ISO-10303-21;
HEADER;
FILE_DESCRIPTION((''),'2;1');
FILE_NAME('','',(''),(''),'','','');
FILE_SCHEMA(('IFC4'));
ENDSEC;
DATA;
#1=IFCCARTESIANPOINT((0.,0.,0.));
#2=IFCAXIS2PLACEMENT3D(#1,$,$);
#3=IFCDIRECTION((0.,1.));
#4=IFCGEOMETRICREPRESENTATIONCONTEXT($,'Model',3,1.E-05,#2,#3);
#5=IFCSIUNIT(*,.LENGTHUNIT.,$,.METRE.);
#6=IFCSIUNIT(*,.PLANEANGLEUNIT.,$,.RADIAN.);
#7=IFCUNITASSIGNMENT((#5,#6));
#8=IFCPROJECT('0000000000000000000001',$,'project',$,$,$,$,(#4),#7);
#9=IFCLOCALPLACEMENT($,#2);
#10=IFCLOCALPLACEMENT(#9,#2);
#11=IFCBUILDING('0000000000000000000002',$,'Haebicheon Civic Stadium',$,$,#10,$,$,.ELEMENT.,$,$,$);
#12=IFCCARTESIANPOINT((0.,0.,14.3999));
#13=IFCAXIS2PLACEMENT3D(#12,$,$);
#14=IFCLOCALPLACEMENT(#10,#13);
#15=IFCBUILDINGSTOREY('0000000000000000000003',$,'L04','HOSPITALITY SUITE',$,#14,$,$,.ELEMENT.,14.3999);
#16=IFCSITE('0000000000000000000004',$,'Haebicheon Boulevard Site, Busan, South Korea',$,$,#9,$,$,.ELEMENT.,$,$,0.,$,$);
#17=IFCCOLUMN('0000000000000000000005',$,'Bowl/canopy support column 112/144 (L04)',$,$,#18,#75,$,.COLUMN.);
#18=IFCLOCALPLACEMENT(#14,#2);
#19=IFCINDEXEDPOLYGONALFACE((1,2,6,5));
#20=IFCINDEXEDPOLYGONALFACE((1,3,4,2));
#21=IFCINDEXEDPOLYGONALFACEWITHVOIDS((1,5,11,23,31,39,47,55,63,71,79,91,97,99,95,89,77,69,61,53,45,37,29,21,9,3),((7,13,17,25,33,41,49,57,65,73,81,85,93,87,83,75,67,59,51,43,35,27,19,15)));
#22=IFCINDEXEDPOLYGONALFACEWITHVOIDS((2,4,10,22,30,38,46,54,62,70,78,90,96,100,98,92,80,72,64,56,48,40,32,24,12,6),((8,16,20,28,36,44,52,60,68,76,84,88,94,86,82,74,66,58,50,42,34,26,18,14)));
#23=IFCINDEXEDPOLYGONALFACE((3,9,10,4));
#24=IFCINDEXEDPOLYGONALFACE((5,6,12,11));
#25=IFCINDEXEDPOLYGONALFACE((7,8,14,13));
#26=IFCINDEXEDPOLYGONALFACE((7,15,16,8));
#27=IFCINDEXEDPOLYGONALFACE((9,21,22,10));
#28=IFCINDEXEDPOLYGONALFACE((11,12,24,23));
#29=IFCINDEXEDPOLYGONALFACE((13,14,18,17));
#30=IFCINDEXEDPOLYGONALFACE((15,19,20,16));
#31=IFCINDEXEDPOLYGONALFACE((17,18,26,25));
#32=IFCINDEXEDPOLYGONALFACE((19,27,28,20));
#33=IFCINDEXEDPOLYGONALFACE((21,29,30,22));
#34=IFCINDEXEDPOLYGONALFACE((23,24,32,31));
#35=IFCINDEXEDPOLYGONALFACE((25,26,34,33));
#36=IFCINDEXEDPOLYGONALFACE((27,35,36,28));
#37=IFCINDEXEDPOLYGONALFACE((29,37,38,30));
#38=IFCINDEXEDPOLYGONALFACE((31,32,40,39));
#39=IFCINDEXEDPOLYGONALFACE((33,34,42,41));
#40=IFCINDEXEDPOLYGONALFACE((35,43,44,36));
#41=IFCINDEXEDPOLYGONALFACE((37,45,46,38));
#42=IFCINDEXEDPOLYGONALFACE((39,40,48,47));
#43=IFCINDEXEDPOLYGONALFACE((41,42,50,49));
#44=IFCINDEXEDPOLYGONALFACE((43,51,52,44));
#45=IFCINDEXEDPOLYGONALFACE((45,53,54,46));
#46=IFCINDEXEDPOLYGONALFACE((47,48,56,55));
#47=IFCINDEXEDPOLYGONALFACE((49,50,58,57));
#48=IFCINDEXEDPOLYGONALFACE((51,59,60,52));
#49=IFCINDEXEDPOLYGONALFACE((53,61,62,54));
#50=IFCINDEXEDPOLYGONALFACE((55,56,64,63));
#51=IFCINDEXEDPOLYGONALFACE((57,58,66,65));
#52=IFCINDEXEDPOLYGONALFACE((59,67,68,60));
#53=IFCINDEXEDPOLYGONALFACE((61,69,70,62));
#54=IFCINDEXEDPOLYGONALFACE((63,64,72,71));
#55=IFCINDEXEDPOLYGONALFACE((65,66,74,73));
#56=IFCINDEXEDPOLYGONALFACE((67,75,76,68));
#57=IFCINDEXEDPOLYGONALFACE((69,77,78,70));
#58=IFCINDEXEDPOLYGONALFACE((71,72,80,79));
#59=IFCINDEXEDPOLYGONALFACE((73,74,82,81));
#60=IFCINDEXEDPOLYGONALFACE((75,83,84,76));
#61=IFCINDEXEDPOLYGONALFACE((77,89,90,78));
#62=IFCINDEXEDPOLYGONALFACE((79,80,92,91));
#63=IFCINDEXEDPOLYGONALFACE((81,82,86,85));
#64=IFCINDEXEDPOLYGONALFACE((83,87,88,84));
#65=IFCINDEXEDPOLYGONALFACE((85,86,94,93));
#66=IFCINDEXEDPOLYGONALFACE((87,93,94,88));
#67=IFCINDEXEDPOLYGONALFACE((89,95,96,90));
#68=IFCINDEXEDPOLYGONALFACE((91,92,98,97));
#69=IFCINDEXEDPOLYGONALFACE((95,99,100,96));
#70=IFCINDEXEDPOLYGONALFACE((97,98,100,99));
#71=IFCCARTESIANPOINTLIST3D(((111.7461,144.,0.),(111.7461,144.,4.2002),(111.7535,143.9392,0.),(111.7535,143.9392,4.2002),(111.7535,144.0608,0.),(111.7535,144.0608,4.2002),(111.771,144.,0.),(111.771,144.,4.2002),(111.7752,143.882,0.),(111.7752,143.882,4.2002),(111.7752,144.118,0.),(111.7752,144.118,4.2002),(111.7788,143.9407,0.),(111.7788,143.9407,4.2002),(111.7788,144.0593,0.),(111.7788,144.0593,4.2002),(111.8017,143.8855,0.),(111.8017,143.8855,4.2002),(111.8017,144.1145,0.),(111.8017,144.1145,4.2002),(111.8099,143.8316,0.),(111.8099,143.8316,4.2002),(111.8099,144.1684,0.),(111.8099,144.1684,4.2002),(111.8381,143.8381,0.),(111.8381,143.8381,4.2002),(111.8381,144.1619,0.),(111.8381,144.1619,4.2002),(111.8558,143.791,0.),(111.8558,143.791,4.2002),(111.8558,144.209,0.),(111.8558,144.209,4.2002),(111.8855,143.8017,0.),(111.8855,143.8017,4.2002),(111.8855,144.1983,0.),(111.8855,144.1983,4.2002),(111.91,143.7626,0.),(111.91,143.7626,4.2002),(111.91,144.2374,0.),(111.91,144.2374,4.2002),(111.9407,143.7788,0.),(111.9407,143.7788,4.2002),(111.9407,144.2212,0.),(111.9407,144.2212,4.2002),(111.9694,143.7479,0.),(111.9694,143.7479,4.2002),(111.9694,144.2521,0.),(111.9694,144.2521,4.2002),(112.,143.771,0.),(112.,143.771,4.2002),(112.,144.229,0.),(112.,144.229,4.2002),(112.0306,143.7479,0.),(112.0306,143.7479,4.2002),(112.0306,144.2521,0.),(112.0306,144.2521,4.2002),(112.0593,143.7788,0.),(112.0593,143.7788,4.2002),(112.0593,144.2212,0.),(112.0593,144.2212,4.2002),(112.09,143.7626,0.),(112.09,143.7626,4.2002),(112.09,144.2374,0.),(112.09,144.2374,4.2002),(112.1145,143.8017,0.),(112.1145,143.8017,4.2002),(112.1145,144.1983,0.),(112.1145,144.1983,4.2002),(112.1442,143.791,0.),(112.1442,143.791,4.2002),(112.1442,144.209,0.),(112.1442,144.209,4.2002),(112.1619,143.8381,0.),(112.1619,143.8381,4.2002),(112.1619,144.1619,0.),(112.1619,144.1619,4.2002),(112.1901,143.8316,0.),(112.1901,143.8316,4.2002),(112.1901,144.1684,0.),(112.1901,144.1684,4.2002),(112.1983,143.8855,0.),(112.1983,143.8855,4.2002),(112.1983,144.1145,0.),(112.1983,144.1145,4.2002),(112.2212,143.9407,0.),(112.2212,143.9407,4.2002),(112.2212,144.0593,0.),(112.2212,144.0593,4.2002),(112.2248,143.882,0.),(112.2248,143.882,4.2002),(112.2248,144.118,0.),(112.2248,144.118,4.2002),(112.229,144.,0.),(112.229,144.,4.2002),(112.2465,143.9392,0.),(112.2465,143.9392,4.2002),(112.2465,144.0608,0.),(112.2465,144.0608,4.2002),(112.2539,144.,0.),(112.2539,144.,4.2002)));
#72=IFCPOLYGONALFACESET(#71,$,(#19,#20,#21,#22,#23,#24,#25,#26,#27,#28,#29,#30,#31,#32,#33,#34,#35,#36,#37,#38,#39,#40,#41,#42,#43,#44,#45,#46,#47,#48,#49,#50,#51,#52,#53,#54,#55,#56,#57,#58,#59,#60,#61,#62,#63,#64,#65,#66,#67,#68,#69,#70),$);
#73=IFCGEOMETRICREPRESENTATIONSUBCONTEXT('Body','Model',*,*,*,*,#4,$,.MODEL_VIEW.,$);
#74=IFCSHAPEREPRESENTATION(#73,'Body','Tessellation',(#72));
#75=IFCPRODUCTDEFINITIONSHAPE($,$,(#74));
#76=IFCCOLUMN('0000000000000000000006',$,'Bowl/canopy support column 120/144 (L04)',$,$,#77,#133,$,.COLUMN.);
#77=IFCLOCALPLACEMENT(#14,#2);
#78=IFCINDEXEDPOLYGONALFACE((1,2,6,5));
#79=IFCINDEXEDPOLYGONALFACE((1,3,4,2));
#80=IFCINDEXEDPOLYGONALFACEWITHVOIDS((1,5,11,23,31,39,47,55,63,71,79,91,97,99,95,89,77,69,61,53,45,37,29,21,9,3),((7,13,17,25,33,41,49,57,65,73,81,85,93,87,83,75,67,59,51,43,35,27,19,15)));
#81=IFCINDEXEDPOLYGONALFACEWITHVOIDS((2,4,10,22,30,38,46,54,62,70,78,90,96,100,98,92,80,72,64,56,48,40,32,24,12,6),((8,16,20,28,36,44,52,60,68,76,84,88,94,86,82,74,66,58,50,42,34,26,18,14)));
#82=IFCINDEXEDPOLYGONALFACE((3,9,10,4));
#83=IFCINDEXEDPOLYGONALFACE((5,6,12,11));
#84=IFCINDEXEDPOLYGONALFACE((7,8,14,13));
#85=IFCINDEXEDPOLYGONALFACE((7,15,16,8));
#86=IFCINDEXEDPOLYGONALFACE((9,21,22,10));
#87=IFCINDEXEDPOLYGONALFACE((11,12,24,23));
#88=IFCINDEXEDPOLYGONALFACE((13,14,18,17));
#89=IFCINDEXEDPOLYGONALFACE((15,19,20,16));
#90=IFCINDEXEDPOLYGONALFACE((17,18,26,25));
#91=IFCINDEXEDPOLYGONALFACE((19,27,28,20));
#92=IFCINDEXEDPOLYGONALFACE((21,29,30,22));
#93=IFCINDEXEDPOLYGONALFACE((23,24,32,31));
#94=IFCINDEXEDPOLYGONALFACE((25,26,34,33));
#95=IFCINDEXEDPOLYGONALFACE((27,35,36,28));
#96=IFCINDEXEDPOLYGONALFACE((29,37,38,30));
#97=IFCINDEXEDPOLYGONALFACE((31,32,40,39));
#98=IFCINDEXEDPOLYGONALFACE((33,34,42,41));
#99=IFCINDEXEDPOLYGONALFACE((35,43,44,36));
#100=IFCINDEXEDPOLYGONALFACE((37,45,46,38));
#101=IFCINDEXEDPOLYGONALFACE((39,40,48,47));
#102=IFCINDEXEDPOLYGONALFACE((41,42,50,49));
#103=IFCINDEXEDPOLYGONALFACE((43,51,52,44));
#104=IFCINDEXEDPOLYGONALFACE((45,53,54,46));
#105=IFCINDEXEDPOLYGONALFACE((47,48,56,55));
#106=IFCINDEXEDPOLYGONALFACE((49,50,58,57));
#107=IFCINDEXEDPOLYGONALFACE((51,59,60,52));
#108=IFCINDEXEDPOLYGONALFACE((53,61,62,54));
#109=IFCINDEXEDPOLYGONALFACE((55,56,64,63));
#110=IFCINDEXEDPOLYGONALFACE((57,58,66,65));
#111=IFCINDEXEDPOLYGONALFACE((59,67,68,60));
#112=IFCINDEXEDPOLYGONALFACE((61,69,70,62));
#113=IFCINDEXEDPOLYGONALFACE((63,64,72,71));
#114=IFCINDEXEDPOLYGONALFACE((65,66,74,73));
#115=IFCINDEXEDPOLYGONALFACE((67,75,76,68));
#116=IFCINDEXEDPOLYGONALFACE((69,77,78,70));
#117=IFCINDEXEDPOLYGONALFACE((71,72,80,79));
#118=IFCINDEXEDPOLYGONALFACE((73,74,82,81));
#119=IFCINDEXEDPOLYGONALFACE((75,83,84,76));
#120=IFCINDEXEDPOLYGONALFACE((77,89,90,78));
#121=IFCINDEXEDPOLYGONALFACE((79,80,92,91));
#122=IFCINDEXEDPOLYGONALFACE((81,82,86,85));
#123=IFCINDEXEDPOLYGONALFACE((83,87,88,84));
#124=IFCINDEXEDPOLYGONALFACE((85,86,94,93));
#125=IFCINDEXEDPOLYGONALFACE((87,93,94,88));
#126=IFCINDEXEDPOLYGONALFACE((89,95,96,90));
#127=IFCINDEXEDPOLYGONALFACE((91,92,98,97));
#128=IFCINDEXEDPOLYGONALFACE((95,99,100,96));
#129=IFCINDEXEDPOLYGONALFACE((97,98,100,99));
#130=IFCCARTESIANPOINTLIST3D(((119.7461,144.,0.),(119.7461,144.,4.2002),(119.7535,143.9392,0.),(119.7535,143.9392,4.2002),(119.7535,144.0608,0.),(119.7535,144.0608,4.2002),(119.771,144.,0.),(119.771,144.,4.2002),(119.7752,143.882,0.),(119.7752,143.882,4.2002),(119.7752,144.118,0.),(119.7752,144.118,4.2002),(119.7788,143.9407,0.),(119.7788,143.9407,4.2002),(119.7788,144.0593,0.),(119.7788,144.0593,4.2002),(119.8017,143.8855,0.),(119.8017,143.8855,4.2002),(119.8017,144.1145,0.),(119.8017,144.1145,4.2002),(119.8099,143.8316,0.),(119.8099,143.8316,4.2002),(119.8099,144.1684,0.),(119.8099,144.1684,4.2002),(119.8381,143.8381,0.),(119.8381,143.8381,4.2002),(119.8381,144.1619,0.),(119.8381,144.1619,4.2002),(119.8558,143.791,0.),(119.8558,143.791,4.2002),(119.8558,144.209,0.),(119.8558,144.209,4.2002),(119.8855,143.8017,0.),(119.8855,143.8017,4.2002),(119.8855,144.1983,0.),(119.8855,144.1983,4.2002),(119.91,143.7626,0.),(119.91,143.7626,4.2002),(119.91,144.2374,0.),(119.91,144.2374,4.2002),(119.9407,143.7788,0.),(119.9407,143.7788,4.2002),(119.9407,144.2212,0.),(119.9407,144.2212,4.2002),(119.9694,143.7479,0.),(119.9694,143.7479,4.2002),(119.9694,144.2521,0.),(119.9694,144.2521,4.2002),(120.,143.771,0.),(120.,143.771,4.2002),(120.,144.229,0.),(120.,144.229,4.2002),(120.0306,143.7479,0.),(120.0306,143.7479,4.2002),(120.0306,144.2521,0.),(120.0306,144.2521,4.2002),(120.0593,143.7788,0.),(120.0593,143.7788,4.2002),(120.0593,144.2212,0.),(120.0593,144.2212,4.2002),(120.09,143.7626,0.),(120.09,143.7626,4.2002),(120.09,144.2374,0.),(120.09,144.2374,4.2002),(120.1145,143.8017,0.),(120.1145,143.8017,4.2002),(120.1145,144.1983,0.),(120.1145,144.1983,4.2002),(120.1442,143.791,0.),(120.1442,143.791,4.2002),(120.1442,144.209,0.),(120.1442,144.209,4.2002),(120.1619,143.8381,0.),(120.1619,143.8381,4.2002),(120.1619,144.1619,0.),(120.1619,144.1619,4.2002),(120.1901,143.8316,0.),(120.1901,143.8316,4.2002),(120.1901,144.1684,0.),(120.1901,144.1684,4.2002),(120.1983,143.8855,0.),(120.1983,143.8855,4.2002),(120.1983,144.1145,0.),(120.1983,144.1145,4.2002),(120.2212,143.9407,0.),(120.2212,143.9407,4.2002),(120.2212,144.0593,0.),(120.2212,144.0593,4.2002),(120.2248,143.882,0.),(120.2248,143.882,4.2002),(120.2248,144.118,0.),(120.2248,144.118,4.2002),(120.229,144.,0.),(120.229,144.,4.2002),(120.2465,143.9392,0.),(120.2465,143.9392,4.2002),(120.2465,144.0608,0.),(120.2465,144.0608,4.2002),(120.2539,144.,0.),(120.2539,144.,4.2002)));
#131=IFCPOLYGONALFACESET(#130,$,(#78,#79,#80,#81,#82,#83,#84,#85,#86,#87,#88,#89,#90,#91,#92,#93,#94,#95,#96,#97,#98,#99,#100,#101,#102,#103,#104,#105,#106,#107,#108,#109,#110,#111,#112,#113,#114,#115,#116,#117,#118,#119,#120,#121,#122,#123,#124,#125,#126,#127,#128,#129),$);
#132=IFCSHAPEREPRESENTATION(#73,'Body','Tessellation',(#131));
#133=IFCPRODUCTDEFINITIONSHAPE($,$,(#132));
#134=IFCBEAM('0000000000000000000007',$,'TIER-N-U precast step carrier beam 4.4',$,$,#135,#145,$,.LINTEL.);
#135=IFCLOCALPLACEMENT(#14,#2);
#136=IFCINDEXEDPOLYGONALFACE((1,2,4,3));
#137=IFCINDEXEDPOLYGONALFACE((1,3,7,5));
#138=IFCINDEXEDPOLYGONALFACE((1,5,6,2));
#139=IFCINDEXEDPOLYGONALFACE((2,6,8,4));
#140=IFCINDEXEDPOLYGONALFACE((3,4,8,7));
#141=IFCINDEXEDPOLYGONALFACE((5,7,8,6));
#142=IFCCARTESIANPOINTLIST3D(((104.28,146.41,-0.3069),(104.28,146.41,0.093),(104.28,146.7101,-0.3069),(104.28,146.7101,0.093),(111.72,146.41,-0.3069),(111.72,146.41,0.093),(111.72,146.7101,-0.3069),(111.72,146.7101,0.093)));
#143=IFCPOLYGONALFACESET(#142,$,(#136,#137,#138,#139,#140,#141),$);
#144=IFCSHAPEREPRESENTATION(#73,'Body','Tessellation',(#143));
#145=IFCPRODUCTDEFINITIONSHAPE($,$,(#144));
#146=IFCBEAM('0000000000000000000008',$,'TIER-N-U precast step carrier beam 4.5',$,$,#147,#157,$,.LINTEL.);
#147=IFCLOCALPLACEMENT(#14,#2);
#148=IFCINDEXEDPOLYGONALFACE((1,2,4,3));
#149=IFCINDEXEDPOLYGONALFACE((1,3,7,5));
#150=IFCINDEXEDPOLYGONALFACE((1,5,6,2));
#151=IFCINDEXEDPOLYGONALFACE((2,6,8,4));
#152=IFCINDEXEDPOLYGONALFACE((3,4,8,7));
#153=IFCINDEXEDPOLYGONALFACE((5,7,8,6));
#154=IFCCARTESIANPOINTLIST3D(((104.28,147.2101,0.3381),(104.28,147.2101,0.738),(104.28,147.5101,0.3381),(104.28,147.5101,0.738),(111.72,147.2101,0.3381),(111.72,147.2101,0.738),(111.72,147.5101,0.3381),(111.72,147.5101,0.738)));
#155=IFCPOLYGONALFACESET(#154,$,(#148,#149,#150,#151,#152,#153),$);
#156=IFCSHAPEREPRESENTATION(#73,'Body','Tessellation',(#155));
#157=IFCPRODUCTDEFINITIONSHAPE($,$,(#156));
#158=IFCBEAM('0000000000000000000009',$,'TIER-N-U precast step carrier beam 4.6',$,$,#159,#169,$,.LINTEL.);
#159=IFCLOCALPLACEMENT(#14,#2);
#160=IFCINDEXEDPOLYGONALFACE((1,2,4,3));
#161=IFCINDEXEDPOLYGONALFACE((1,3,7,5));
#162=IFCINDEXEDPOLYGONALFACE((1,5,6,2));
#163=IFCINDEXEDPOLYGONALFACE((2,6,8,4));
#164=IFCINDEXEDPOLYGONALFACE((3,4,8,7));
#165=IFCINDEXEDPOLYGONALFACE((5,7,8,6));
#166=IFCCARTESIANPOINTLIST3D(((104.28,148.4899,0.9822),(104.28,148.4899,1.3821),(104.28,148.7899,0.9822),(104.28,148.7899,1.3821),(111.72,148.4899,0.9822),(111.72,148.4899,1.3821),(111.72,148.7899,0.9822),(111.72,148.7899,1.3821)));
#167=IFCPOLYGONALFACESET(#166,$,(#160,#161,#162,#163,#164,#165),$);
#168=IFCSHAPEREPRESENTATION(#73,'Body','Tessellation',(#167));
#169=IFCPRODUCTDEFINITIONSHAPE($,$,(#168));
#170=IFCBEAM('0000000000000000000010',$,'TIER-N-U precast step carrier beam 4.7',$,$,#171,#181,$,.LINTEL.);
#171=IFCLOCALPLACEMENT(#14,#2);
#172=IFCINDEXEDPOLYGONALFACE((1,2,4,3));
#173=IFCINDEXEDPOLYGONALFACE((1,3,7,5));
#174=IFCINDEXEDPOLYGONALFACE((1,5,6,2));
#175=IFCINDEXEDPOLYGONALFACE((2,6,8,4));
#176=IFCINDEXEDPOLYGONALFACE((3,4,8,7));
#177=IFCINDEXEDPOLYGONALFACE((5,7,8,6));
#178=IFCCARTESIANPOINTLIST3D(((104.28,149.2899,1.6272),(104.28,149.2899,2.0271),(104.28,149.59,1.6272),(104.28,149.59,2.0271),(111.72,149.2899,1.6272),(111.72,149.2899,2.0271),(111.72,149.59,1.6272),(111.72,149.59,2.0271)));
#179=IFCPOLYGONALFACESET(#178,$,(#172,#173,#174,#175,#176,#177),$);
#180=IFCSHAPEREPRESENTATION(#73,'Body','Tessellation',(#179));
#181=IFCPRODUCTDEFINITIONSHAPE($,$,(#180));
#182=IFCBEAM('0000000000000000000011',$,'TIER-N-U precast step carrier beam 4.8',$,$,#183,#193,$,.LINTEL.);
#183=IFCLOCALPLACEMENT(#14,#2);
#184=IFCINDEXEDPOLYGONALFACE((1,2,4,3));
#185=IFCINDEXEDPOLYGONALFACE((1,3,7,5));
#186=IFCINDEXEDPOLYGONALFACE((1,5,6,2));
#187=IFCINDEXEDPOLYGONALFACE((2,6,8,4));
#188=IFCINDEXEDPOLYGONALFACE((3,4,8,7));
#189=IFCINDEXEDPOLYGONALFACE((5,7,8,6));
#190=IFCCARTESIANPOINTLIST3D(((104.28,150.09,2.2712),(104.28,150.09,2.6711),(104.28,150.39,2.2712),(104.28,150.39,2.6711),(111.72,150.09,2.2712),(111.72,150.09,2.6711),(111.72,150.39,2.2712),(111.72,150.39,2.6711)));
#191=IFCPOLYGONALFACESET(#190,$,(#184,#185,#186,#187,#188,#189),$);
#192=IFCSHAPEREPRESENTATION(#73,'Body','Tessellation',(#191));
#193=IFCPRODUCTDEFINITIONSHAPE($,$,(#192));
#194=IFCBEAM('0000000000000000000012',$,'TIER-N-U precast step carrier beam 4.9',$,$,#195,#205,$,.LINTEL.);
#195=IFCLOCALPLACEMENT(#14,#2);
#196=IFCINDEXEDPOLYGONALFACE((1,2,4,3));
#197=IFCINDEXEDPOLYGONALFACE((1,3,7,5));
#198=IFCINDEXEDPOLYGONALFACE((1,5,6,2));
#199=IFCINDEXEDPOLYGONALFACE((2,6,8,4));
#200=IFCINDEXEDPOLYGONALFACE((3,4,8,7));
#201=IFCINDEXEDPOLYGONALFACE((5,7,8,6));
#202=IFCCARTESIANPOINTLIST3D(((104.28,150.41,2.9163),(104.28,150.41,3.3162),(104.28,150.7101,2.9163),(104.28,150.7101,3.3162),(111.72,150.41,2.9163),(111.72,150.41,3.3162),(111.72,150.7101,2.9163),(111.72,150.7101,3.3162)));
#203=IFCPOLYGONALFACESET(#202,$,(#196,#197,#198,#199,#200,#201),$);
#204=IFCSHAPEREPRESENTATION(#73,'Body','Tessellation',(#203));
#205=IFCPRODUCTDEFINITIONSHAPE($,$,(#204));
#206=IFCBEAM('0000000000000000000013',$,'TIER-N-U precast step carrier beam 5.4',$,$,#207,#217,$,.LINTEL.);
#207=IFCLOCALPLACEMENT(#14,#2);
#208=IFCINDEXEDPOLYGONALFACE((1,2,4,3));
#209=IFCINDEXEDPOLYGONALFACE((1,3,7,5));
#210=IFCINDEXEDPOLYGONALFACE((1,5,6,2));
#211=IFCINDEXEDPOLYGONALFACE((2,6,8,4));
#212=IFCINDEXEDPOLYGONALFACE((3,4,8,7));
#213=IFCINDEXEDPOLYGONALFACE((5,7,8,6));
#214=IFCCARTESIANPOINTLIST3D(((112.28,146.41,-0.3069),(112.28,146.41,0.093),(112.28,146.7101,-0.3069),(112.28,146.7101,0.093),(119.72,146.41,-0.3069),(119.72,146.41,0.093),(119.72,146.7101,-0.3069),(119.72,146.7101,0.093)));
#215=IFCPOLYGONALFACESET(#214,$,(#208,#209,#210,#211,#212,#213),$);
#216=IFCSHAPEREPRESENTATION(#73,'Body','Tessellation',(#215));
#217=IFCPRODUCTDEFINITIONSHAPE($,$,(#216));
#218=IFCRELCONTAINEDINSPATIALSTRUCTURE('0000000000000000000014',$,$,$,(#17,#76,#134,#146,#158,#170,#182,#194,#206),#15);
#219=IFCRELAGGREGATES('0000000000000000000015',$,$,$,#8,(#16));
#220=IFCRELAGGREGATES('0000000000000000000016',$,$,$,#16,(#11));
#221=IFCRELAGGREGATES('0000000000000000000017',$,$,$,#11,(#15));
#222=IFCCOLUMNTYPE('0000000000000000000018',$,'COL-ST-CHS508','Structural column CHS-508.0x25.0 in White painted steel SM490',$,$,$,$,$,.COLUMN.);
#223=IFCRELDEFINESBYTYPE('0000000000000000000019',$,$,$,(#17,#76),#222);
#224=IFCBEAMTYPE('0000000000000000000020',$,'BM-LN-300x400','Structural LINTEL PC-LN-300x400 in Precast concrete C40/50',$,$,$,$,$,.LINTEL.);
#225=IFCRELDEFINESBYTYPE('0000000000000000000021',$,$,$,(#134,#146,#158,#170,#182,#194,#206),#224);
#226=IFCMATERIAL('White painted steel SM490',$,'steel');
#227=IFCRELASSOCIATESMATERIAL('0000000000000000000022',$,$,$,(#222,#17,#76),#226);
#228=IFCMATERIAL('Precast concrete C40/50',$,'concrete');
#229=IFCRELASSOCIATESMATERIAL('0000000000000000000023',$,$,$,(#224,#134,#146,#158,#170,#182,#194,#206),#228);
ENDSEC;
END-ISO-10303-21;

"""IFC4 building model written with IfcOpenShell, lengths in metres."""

from ifc_helpers import new_model, si_unit, direction, frame, origin, origin_2d, place, context, subcontext, project, spatial, rectangle, hollow_circle, extrude, material, material_profile, profile_set, type_object, element, save


model = new_model("IFC4")

# Units and contexts
model_context = context("Model", 3, precision=1e-05, world=origin(), true_north=direction((0.0, 1.0)))
body_context = subcontext(model_context, "Body", "Model", "MODEL_VIEW")
ifc_project = project(units=[si_unit("LENGTHUNIT", "METRE"), si_unit("PLANEANGLEUNIT", "RADIAN")], contexts=[model_context])

# Site, building, storey
site_placement = place(None, origin())
site = spatial("IfcSite", under=ifc_project, at=site_placement, Name="Haebicheon Boulevard Site, Busan, South Korea", CompositionType="ELEMENT", RefElevation=0.0)
building_placement = place(site_placement, origin())
building = spatial("IfcBuilding", under=site, at=building_placement, Name="Haebicheon Civic Stadium", CompositionType="ELEMENT")
storey_placement = place(building_placement, frame((0.0, 0.0, 14.3999)))
storey = spatial("IfcBuildingStorey", under=building, at=storey_placement, Name="L04", Description="HOSPITALITY SUITE", CompositionType="ELEMENT", Elevation=14.3999)

# Columns
ifc_material_1 = material(Name="White painted steel SM490", Category="steel")
ifc_material_profile_1 = material_profile(ifc_material_1, hollow_circle(Radius=0.2539, WallThickness=0.0249, at=origin_2d()), Name="CHS-508.0x25.0")
ifc_profile_set_1 = profile_set([ifc_material_profile_1], Name="White painted steel SM490")
column_type = type_object("IfcColumnType", Name="COL-ST-CHS508", Description="Structural column CHS-508.0x25.0 in White painted steel SM490", PredefinedType="COLUMN", material=ifc_profile_set_1)
for number, where, z_axis, x_axis, name in (
    (1, (112.0, 144.0, 0.0), (0.0, 0.0, 1.0), (1.0, 0.0, 0.0), "Bowl/canopy support column 112/144 (L04)"),
    (2, (120.0, 144.0, 0.0), (0.0, 0.0, 1.0), (1.0, 0.0, 0.0), "Bowl/canopy support column 120/144 (L04)"),
):
    element("IfcColumn", number, at=place(storey_placement, frame(where, z_axis=z_axis, x_axis=x_axis)), inside=storey, type_object=column_type, material=ifc_profile_set_1, Name=name, PredefinedType="COLUMN", context=body_context, shape_type="SweptSolid", body=[
        extrude(hollow_circle(Radius=0.2539, WallThickness=0.0249, at=origin_2d()), origin(), (0.0, 0.0, 1.0), 4.2002),
    ])

# Beams
ifc_material_2 = material(Name="Precast concrete C40/50", Category="concrete")
ifc_material_profile_2 = material_profile(ifc_material_2, rectangle(XDim=0.3, YDim=0.3999, at=origin_2d()), Name="PC-LN-300x400")
ifc_profile_set_2 = profile_set([ifc_material_profile_2], Name="Precast concrete C40/50")
beam_type_1 = type_object("IfcBeamType", Name="BM-LN-300x400", Description="Structural LINTEL PC-LN-300x400 in Precast concrete C40/50", PredefinedType="LINTEL", material=ifc_profile_set_2)
for number, where, z_axis, x_axis, name in (
    (3, (104.28, 146.5601, -0.1069), (1.0, 0.0, 0.0), (0.0, 1.0, 0.0), "TIER-N-U precast step carrier beam 4.4"),
    (4, (104.28, 147.3601, 0.5381), (1.0, 0.0, 0.0), (0.0, 1.0, 0.0), "TIER-N-U precast step carrier beam 4.5"),
    (5, (104.28, 148.6399, 1.1821), (1.0, 0.0, 0.0), (0.0, 1.0, 0.0), "TIER-N-U precast step carrier beam 4.6"),
    (6, (104.28, 149.4399, 1.8271), (1.0, 0.0, 0.0), (0.0, 1.0, 0.0), "TIER-N-U precast step carrier beam 4.7"),
    (7, (104.28, 150.24, 2.4712), (1.0, 0.0, 0.0), (0.0, 1.0, 0.0), "TIER-N-U precast step carrier beam 4.8"),
    (8, (104.28, 150.5601, 3.1162), (1.0, 0.0, 0.0), (0.0, 1.0, 0.0), "TIER-N-U precast step carrier beam 4.9"),
    (9, (112.28, 146.5601, -0.1069), (1.0, 0.0, 0.0), (0.0, 1.0, 0.0), "TIER-N-U precast step carrier beam 5.4"),
):
    element("IfcBeam", number, at=place(storey_placement, frame(where, z_axis=z_axis, x_axis=x_axis)), inside=storey, type_object=beam_type_1, material=ifc_profile_set_2, Name=name, PredefinedType="LINTEL", context=body_context, shape_type="SweptSolid", body=[
        extrude(rectangle(XDim=0.3, YDim=0.3999, at=origin_2d()), origin(), (0.0, 0.0, 1.0), 7.4399),
    ])

save(model, "model.ifc")
